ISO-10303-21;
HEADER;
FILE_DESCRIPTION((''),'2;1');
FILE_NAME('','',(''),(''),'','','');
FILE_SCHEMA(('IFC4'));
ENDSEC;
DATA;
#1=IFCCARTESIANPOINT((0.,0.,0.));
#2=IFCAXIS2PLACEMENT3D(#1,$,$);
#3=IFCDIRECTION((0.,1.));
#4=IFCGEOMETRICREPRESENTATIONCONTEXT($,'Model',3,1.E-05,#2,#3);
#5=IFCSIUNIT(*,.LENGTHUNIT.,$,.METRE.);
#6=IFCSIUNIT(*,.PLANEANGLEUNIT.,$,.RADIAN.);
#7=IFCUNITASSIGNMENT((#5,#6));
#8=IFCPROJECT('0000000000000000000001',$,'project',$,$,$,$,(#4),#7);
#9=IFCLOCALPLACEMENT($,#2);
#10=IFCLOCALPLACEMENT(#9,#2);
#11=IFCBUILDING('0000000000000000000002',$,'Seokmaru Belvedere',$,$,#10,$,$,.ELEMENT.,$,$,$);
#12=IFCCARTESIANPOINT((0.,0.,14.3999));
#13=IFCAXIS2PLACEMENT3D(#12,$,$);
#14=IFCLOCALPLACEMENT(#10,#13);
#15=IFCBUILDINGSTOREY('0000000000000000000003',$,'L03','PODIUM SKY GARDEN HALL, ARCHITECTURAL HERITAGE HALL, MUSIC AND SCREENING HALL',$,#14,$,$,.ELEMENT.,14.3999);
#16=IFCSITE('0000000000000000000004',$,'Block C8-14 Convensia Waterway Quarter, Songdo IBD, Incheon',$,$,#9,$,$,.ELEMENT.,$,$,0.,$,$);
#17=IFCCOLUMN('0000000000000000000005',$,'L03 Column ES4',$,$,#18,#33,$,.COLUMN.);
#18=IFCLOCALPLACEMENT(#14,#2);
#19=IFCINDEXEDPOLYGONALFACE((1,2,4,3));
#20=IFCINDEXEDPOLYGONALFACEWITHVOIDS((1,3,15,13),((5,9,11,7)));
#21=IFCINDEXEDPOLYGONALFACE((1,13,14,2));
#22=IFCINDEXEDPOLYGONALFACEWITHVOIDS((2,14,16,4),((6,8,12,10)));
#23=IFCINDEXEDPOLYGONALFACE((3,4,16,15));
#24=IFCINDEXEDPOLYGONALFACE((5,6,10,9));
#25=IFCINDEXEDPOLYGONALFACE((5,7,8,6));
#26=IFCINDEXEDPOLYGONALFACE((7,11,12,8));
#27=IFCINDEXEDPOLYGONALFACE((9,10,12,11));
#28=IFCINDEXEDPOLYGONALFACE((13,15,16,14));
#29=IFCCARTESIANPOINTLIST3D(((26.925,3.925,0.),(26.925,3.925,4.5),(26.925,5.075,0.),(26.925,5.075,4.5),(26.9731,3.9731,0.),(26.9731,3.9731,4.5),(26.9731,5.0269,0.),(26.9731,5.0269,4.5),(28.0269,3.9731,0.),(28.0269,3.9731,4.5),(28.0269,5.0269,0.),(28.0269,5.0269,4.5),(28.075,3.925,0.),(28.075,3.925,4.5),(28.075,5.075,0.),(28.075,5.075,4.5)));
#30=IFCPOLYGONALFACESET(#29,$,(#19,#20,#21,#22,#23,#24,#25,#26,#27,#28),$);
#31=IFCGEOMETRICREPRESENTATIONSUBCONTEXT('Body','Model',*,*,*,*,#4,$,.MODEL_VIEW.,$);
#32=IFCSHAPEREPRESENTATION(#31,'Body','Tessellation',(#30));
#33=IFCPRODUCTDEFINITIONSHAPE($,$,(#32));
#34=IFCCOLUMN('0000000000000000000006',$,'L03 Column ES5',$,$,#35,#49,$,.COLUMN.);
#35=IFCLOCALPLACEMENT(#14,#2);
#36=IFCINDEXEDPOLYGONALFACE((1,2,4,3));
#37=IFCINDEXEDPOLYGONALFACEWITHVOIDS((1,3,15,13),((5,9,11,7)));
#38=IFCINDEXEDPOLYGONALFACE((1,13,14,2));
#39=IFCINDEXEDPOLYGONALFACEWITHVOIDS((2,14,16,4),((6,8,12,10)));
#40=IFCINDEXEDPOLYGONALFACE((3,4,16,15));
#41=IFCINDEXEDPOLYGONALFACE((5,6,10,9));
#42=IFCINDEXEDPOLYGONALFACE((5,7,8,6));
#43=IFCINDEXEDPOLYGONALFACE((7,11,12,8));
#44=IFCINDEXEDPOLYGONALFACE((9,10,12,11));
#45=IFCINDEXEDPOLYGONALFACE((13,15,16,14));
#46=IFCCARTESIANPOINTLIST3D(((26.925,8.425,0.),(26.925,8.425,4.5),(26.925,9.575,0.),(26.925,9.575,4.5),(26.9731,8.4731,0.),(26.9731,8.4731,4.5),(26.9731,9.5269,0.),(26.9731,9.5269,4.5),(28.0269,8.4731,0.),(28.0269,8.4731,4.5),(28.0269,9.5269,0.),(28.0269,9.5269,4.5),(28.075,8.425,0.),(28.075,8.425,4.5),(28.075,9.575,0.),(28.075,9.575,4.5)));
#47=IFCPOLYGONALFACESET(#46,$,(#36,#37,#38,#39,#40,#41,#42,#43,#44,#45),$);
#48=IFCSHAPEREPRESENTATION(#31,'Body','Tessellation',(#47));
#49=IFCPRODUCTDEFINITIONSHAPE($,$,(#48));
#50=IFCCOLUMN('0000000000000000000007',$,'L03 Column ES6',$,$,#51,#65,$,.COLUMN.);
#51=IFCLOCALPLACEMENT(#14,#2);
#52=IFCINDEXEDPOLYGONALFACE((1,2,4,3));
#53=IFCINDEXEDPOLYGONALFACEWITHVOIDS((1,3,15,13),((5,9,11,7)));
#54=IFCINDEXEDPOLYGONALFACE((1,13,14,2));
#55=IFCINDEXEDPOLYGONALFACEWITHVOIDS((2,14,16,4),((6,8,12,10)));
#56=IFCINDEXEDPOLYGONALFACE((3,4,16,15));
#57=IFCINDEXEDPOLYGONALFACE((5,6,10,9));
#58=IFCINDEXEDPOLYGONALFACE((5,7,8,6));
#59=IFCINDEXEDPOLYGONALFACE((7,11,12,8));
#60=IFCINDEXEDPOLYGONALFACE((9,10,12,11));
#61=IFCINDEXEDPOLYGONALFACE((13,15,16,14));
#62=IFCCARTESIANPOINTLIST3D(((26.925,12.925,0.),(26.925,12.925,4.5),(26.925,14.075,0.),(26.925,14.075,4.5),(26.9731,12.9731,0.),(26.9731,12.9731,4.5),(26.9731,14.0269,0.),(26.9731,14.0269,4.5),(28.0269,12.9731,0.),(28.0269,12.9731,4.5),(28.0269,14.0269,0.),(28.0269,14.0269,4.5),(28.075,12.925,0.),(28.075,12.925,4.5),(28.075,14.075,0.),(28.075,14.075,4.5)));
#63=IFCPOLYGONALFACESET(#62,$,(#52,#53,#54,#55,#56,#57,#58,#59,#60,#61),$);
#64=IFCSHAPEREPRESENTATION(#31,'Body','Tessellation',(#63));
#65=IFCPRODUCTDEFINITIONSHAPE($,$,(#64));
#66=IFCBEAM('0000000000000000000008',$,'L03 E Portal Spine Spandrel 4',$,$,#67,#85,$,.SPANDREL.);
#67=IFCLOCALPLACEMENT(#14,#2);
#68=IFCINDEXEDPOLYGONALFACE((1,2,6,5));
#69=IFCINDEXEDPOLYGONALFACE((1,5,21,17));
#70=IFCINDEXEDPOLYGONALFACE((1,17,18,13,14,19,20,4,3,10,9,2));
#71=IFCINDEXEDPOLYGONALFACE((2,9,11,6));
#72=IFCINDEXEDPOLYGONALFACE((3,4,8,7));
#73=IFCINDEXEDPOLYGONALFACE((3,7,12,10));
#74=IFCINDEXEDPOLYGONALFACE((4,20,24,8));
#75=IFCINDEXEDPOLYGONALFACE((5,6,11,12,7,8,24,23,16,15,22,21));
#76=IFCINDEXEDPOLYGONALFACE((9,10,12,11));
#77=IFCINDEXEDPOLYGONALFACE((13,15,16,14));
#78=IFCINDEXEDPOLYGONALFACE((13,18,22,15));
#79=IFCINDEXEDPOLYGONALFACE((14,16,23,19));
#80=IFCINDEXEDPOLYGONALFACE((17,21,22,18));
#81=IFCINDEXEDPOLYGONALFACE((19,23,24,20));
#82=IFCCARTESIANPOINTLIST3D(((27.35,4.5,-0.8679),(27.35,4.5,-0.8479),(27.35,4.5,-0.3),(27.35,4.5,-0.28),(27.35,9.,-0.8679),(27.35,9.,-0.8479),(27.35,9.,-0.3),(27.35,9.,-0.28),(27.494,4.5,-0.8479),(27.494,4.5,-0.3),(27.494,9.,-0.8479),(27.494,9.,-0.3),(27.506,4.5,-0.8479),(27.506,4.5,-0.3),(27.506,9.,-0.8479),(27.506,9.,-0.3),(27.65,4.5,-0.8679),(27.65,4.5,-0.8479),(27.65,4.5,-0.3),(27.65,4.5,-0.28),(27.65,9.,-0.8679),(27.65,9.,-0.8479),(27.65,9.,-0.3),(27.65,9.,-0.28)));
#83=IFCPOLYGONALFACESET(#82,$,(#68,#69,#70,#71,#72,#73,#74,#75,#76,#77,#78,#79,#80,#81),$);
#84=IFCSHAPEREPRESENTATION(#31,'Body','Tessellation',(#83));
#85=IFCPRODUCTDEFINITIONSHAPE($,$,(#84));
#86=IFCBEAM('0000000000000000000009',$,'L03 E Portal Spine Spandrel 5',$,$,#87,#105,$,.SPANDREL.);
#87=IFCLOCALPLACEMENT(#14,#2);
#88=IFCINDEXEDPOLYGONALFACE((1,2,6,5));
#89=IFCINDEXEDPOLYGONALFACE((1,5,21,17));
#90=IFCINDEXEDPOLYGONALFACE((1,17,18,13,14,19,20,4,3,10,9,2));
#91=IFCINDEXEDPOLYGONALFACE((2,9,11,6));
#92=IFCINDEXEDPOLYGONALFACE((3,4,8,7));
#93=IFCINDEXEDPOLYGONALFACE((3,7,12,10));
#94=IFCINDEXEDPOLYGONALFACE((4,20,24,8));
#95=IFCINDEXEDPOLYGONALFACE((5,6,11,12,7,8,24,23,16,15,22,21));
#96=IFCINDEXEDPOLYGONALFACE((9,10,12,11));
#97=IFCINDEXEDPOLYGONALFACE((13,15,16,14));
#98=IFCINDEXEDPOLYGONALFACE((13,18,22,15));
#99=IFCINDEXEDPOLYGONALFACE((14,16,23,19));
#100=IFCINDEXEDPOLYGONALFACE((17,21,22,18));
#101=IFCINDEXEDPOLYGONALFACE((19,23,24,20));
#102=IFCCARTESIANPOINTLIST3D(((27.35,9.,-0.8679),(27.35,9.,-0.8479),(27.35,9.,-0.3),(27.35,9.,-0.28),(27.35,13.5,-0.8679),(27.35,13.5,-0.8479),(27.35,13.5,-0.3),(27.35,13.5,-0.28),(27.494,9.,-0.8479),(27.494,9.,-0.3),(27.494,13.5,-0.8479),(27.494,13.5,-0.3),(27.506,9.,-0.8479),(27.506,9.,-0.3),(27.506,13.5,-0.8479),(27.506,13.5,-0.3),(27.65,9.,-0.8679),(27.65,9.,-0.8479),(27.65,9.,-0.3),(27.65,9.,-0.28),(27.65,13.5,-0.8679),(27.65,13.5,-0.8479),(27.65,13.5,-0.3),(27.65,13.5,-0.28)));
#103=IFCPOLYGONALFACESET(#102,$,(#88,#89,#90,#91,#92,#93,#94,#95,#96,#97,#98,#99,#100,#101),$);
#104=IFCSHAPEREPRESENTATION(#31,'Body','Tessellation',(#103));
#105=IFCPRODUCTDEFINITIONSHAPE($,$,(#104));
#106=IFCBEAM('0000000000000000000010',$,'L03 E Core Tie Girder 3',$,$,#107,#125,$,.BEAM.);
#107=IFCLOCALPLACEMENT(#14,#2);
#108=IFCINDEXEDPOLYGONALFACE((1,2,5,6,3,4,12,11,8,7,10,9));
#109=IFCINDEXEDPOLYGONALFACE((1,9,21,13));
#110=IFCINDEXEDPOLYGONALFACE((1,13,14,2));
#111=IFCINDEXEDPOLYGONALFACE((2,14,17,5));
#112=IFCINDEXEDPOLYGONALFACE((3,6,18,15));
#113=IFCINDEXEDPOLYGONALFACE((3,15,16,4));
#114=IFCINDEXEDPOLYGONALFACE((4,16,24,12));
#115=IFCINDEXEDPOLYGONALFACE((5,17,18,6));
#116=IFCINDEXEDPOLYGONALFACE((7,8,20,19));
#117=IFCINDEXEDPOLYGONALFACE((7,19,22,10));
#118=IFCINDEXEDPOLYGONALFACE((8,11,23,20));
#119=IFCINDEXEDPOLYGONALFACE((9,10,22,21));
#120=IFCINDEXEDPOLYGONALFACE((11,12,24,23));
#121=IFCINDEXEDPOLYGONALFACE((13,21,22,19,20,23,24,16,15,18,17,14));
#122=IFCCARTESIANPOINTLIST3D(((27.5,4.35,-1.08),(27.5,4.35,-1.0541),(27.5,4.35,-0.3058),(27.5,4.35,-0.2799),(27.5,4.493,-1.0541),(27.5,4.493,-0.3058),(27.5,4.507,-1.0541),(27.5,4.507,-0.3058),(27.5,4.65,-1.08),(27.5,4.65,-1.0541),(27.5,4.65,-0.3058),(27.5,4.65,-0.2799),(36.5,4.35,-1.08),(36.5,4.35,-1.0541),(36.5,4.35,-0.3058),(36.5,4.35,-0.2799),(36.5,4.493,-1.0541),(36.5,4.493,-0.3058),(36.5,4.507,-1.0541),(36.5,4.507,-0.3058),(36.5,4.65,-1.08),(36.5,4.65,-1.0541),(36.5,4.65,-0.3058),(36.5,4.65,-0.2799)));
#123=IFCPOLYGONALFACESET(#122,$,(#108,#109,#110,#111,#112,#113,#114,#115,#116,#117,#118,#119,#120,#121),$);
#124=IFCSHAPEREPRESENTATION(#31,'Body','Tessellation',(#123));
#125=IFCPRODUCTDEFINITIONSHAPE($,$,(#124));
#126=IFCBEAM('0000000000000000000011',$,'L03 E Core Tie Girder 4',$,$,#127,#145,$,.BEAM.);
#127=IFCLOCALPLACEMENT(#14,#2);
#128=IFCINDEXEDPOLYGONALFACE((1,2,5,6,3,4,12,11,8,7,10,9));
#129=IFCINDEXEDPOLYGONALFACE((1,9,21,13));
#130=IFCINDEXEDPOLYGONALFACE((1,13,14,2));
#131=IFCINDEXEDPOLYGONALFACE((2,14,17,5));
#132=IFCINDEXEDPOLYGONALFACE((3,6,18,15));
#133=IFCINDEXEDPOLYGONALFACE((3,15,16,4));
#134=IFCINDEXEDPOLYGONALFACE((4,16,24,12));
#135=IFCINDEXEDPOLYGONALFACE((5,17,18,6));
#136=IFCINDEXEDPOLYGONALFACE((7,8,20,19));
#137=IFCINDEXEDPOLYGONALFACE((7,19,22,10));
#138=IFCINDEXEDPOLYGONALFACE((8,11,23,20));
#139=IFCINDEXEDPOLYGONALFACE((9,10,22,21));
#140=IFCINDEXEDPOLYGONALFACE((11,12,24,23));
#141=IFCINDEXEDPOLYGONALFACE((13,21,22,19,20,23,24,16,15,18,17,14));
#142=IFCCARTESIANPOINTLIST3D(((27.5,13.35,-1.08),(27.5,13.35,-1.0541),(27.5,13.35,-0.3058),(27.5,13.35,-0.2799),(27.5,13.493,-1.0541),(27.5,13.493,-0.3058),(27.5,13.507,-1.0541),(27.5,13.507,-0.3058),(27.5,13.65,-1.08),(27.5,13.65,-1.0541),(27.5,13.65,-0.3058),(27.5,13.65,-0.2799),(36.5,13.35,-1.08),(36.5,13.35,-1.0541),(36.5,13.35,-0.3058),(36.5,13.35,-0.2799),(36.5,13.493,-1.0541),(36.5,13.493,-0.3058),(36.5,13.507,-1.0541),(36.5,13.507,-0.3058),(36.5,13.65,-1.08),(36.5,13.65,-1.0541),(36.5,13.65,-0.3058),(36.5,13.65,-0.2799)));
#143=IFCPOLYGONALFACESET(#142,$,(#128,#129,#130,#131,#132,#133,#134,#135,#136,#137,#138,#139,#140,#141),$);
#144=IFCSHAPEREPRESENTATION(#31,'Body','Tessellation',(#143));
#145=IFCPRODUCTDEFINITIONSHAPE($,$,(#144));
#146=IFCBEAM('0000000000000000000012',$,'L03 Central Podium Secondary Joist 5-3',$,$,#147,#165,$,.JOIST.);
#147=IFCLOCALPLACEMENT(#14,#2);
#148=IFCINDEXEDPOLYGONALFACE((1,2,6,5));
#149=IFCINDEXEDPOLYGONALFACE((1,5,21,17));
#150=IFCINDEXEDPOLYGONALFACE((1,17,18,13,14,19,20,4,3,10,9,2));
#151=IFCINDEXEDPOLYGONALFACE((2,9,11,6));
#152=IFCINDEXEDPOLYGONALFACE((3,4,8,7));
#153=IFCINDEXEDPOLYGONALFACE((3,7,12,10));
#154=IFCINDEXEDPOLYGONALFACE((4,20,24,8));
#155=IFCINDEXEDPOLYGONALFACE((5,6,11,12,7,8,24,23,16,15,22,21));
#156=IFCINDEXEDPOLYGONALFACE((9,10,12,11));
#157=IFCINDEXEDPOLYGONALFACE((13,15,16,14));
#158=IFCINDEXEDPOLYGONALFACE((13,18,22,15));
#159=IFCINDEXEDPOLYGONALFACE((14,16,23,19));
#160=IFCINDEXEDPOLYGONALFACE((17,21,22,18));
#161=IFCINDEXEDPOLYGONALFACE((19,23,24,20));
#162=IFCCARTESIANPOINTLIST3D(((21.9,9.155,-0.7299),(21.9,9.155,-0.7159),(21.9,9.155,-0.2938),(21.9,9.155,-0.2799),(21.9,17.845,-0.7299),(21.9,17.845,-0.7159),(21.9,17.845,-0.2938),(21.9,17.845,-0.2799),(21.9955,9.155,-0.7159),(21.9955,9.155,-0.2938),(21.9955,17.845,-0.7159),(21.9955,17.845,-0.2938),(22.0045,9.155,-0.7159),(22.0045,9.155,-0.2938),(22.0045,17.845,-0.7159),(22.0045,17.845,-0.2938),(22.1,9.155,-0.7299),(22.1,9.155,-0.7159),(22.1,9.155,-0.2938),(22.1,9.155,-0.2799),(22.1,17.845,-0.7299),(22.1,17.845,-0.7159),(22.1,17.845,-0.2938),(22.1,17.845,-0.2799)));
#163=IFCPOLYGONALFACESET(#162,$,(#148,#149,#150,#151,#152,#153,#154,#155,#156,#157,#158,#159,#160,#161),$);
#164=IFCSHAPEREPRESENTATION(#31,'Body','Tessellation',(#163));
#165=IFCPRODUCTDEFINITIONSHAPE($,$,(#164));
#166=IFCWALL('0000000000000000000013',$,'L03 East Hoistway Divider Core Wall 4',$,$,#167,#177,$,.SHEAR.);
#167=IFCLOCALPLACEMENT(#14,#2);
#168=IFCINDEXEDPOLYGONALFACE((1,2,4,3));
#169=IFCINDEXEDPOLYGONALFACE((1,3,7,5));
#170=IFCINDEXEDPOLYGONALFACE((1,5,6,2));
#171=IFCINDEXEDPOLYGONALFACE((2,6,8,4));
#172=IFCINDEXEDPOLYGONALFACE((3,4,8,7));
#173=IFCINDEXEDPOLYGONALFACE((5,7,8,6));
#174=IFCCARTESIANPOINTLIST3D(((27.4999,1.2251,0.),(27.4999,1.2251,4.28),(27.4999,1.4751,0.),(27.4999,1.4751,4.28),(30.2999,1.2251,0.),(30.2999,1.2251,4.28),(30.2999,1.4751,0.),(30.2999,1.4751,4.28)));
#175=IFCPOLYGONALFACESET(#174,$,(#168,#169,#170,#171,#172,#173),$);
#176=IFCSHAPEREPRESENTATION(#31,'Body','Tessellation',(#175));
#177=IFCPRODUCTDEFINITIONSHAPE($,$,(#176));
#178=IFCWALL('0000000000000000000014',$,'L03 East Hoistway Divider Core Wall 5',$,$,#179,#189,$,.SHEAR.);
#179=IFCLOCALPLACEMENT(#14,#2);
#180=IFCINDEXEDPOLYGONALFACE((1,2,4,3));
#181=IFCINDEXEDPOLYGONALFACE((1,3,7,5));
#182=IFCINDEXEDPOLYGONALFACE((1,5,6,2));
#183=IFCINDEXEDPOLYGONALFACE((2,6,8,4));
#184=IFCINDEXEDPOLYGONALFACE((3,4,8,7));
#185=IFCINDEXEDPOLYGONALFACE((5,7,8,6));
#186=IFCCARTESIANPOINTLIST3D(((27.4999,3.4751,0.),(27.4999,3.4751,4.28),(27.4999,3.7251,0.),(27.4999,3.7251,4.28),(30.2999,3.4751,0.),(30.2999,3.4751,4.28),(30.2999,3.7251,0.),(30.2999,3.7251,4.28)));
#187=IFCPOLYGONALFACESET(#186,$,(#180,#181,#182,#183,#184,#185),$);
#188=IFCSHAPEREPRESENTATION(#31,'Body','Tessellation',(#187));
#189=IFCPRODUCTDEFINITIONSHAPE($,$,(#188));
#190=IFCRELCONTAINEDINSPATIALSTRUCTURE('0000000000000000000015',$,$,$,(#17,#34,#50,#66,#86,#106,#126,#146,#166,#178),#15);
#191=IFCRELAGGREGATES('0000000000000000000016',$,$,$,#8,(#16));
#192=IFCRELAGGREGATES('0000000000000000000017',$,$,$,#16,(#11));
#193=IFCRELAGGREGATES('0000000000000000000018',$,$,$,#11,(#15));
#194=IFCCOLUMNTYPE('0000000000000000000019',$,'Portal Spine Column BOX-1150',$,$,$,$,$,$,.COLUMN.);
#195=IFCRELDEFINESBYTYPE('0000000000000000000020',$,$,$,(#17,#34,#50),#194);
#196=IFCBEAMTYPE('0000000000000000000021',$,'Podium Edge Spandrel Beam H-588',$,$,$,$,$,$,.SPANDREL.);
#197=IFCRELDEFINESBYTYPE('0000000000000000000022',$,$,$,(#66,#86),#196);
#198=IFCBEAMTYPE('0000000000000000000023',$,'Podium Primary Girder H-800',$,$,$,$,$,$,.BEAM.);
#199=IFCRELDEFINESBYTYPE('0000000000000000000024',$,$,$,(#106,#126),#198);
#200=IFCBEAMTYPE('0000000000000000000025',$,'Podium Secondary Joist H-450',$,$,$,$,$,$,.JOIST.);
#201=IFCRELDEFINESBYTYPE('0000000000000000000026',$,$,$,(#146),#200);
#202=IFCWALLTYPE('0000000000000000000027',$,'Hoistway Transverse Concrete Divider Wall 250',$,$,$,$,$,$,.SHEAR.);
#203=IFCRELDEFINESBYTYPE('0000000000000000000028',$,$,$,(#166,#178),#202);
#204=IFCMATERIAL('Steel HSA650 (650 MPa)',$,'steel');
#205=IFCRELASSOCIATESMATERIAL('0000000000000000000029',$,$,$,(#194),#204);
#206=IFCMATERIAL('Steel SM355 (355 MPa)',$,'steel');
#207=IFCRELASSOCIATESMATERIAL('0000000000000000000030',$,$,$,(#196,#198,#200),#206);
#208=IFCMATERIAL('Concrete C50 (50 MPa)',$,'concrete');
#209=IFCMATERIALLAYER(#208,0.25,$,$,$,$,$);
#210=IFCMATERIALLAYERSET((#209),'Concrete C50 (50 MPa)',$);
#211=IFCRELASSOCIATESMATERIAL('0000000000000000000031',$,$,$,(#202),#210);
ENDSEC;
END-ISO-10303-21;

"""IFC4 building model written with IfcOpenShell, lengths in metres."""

from ifc_helpers import new_model, si_unit, direction, frame, frame_2d, origin, origin_2d, place, context, subcontext, project, spatial, rectangle, hollow_rectangle, i_section, extrude, source, transform, mapped, material, layer, layer_set, material_profile, profile_set, type_object, type_shapes, element, save


model = new_model("IFC4")

# Units and contexts
model_context = context("Model", 3, precision=1e-05, world=origin(), true_north=direction((0.0, 1.0)))
body_context = subcontext(model_context, "Body", "Model", "MODEL_VIEW")
ifc_project = project(units=[si_unit("LENGTHUNIT", "METRE"), si_unit("PLANEANGLEUNIT", "RADIAN")], contexts=[model_context])

# Site, building, storey
site_placement = place(None, origin())
site = spatial("IfcSite", under=ifc_project, at=site_placement, Name="Block C8-14 Convensia Waterway Quarter, Songdo IBD, Incheon", CompositionType="ELEMENT", RefElevation=0.0)
building_placement = place(site_placement, origin())
building = spatial("IfcBuilding", under=site, at=building_placement, Name="Seokmaru Belvedere", CompositionType="ELEMENT")
storey_placement = place(building_placement, frame((0.0, 0.0, 14.3999)))
storey = spatial("IfcBuildingStorey", under=building, at=storey_placement, Name="L03", Description="PODIUM SKY GARDEN HALL, ARCHITECTURAL HERITAGE HALL, MUSIC AND SCREENING HALL", CompositionType="ELEMENT", Elevation=14.3999)

# Columns
ifc_material_1 = material(Name="Steel HSA650 (650 MPa)", Category="steel")
ifc_material_profile_1 = material_profile(ifc_material_1, hollow_rectangle(XDim=1.1499, YDim=1.1499, WallThickness=0.0481, at=origin_2d()), Name="BOX-1150x1150x48")
ifc_profile_set_1 = profile_set([ifc_material_profile_1], Name="Steel HSA650 (650 MPa)")
column_type = type_object("IfcColumnType", Name="Portal Spine Column BOX-1150", PredefinedType="COLUMN", material=ifc_profile_set_1)
shared_shape_1 = source(origin(), body_context, "Body", "SweptSolid", [
    extrude(hollow_rectangle(XDim=1.1499, YDim=1.1499, WallThickness=0.0481, at=origin_2d()), origin(), (0.0, 0.0, 1.0), 4.5),
])
type_shapes(column_type, [shared_shape_1])
for number, where, z_axis, x_axis, name in (
    (1, (27.5, 4.5, 0.0), (0.0, 0.0, 1.0), (1.0, 0.0, 0.0), "L03 Column ES4"),
    (2, (27.5, 9.0, 0.0), (0.0, 0.0, 1.0), (1.0, 0.0, 0.0), "L03 Column ES5"),
    (3, (27.5, 13.5, 0.0), (0.0, 0.0, 1.0), (1.0, 0.0, 0.0), "L03 Column ES6"),
):
    element("IfcColumn", number, at=place(storey_placement, frame(where, z_axis=z_axis, x_axis=x_axis)), inside=storey, type_object=column_type, Name=name, PredefinedType="COLUMN", context=body_context, shape_type="MappedRepresentation", body=[
        mapped(shared_shape_1, transform((0.0, 0.0, 0.0), scale=1.0)),
    ])

# Beams
ifc_material_2 = material(Name="Steel SM355 (355 MPa)", Category="steel")
ifc_material_profile_2 = material_profile(ifc_material_2, i_section(OverallWidth=0.3, OverallDepth=0.5879, WebThickness=0.012, FlangeThickness=0.02, at=origin_2d()), Name="H-588x300x12x20")
ifc_profile_set_2 = profile_set([ifc_material_profile_2], Name="Steel SM355 (355 MPa)")
beam_type_1 = type_object("IfcBeamType", Name="Podium Edge Spandrel Beam H-588", PredefinedType="SPANDREL", material=ifc_profile_set_2)
shared_shape_2 = source(origin(), body_context, "Body", "SweptSolid", [
    extrude(i_section(OverallWidth=0.3, OverallDepth=0.5879, WebThickness=0.012, FlangeThickness=0.02, at=origin_2d()), origin(), (0.0, 0.0, 1.0), 4.5),
])
type_shapes(beam_type_1, [shared_shape_2])
for number, where, z_axis, x_axis, name in (
    (4, (27.5, 4.5, -0.574), (0.0, 1.0, 0.0), (-1.0, 0.0, 0.0), "L03 E Portal Spine Spandrel 4"),
    (5, (27.5, 9.0, -0.574), (0.0, 1.0, 0.0), (-1.0, 0.0, 0.0), "L03 E Portal Spine Spandrel 5"),
):
    element("IfcBeam", number, at=place(storey_placement, frame(where, z_axis=z_axis, x_axis=x_axis)), inside=storey, type_object=beam_type_1, Name=name, PredefinedType="SPANDREL", context=body_context, shape_type="MappedRepresentation", body=[
        mapped(shared_shape_2, transform((0.0, 0.0, 0.0), scale=1.0)),
    ])
ifc_material_profile_3 = material_profile(ifc_material_2, i_section(OverallWidth=0.3, OverallDepth=0.8, WebThickness=0.0139, FlangeThickness=0.0259, at=origin_2d()), Name="H-800x300x14x26")
ifc_profile_set_3 = profile_set([ifc_material_profile_3], Name="Steel SM355 (355 MPa)")
beam_type_2 = type_object("IfcBeamType", Name="Podium Primary Girder H-800", PredefinedType="BEAM", material=ifc_profile_set_3)
shared_shape_3 = source(origin(), body_context, "Body", "SweptSolid", [
    extrude(i_section(OverallWidth=0.3, OverallDepth=0.8, WebThickness=0.0139, FlangeThickness=0.0259, at=origin_2d()), origin(), (0.0, 0.0, 1.0), 9.0),
])
type_shapes(beam_type_2, [shared_shape_3])
for number, where, z_axis, x_axis, name in (
    (6, (27.5, 4.5, -0.6799), (1.0, 0.0, 0.0), (0.0, 1.0, 0.0), "L03 E Core Tie Girder 3"),
    (7, (27.5, 13.5, -0.6799), (1.0, 0.0, 0.0), (0.0, 1.0, 0.0), "L03 E Core Tie Girder 4"),
):
    element("IfcBeam", number, at=place(storey_placement, frame(where, z_axis=z_axis, x_axis=x_axis)), inside=storey, type_object=beam_type_2, Name=name, PredefinedType="BEAM", context=body_context, shape_type="MappedRepresentation", body=[
        mapped(shared_shape_3, transform((0.0, 0.0, 0.0), scale=1.0)),
    ])
ifc_material_profile_4 = material_profile(ifc_material_2, i_section(OverallWidth=0.2, OverallDepth=0.45, WebThickness=0.009, FlangeThickness=0.0139, at=origin_2d()), Name="H-450x200x9x14")
ifc_profile_set_4 = profile_set([ifc_material_profile_4], Name="Steel SM355 (355 MPa)")
beam_type_3 = type_object("IfcBeamType", Name="Podium Secondary Joist H-450", PredefinedType="JOIST", material=ifc_profile_set_4)
shared_shape_4 = source(origin(), body_context, "Body", "SweptSolid", [
    extrude(i_section(OverallWidth=0.2, OverallDepth=0.45, WebThickness=0.009, FlangeThickness=0.0139, at=origin_2d()), origin(), (0.0, 0.0, 1.0), 8.6899),
])
type_shapes(beam_type_3, [shared_shape_4])
beam_placement = place(storey_placement, frame((22.0, 9.155, -0.5049), z_axis=(0.0, 1.0, 0.0), x_axis=(-1.0, 0.0, 0.0)))
element("IfcBeam", 8, at=beam_placement, inside=storey, type_object=beam_type_3, Name="L03 Central Podium Secondary Joist 5-3", PredefinedType="JOIST", context=body_context, shape_type="MappedRepresentation", body=[
    mapped(shared_shape_4, transform((0.0, 0.0, 0.0), scale=1.0)),
])

# Walls
ifc_material_3 = material(Name="Concrete C50 (50 MPa)", Category="concrete")
ifc_layer_1 = layer(ifc_material_3, 0.25)
ifc_layer_set_1 = layer_set([ifc_layer_1], Name="Concrete C50 (50 MPa)")
wall_type_1 = type_object("IfcWallType", Name="Hoistway Transverse Concrete Divider Wall 250", PredefinedType="SHEAR", material=ifc_layer_set_1)
for number, where, z_axis, x_axis, name in (
    (9, (27.5, 1.3501, 0.0), (0.0, 0.0, 1.0), (1.0, 0.0, 0.0), "L03 East Hoistway Divider Core Wall 4"),
    (10, (27.5, 3.6001, 0.0), (0.0, 0.0, 1.0), (1.0, 0.0, 0.0), "L03 East Hoistway Divider Core Wall 5"),
):
    element("IfcWall", number, at=place(storey_placement, frame(where, z_axis=z_axis, x_axis=x_axis)), inside=storey, type_object=wall_type_1, Name=name, PredefinedType="SHEAR", context=body_context, shape_type="SweptSolid", body=[
        extrude(rectangle(XDim=2.8, YDim=0.25, at=frame_2d((1.3999, 0.0))), origin(), (0.0, 0.0, 1.0), 4.28),
    ])

save(model, "model.ifc")
